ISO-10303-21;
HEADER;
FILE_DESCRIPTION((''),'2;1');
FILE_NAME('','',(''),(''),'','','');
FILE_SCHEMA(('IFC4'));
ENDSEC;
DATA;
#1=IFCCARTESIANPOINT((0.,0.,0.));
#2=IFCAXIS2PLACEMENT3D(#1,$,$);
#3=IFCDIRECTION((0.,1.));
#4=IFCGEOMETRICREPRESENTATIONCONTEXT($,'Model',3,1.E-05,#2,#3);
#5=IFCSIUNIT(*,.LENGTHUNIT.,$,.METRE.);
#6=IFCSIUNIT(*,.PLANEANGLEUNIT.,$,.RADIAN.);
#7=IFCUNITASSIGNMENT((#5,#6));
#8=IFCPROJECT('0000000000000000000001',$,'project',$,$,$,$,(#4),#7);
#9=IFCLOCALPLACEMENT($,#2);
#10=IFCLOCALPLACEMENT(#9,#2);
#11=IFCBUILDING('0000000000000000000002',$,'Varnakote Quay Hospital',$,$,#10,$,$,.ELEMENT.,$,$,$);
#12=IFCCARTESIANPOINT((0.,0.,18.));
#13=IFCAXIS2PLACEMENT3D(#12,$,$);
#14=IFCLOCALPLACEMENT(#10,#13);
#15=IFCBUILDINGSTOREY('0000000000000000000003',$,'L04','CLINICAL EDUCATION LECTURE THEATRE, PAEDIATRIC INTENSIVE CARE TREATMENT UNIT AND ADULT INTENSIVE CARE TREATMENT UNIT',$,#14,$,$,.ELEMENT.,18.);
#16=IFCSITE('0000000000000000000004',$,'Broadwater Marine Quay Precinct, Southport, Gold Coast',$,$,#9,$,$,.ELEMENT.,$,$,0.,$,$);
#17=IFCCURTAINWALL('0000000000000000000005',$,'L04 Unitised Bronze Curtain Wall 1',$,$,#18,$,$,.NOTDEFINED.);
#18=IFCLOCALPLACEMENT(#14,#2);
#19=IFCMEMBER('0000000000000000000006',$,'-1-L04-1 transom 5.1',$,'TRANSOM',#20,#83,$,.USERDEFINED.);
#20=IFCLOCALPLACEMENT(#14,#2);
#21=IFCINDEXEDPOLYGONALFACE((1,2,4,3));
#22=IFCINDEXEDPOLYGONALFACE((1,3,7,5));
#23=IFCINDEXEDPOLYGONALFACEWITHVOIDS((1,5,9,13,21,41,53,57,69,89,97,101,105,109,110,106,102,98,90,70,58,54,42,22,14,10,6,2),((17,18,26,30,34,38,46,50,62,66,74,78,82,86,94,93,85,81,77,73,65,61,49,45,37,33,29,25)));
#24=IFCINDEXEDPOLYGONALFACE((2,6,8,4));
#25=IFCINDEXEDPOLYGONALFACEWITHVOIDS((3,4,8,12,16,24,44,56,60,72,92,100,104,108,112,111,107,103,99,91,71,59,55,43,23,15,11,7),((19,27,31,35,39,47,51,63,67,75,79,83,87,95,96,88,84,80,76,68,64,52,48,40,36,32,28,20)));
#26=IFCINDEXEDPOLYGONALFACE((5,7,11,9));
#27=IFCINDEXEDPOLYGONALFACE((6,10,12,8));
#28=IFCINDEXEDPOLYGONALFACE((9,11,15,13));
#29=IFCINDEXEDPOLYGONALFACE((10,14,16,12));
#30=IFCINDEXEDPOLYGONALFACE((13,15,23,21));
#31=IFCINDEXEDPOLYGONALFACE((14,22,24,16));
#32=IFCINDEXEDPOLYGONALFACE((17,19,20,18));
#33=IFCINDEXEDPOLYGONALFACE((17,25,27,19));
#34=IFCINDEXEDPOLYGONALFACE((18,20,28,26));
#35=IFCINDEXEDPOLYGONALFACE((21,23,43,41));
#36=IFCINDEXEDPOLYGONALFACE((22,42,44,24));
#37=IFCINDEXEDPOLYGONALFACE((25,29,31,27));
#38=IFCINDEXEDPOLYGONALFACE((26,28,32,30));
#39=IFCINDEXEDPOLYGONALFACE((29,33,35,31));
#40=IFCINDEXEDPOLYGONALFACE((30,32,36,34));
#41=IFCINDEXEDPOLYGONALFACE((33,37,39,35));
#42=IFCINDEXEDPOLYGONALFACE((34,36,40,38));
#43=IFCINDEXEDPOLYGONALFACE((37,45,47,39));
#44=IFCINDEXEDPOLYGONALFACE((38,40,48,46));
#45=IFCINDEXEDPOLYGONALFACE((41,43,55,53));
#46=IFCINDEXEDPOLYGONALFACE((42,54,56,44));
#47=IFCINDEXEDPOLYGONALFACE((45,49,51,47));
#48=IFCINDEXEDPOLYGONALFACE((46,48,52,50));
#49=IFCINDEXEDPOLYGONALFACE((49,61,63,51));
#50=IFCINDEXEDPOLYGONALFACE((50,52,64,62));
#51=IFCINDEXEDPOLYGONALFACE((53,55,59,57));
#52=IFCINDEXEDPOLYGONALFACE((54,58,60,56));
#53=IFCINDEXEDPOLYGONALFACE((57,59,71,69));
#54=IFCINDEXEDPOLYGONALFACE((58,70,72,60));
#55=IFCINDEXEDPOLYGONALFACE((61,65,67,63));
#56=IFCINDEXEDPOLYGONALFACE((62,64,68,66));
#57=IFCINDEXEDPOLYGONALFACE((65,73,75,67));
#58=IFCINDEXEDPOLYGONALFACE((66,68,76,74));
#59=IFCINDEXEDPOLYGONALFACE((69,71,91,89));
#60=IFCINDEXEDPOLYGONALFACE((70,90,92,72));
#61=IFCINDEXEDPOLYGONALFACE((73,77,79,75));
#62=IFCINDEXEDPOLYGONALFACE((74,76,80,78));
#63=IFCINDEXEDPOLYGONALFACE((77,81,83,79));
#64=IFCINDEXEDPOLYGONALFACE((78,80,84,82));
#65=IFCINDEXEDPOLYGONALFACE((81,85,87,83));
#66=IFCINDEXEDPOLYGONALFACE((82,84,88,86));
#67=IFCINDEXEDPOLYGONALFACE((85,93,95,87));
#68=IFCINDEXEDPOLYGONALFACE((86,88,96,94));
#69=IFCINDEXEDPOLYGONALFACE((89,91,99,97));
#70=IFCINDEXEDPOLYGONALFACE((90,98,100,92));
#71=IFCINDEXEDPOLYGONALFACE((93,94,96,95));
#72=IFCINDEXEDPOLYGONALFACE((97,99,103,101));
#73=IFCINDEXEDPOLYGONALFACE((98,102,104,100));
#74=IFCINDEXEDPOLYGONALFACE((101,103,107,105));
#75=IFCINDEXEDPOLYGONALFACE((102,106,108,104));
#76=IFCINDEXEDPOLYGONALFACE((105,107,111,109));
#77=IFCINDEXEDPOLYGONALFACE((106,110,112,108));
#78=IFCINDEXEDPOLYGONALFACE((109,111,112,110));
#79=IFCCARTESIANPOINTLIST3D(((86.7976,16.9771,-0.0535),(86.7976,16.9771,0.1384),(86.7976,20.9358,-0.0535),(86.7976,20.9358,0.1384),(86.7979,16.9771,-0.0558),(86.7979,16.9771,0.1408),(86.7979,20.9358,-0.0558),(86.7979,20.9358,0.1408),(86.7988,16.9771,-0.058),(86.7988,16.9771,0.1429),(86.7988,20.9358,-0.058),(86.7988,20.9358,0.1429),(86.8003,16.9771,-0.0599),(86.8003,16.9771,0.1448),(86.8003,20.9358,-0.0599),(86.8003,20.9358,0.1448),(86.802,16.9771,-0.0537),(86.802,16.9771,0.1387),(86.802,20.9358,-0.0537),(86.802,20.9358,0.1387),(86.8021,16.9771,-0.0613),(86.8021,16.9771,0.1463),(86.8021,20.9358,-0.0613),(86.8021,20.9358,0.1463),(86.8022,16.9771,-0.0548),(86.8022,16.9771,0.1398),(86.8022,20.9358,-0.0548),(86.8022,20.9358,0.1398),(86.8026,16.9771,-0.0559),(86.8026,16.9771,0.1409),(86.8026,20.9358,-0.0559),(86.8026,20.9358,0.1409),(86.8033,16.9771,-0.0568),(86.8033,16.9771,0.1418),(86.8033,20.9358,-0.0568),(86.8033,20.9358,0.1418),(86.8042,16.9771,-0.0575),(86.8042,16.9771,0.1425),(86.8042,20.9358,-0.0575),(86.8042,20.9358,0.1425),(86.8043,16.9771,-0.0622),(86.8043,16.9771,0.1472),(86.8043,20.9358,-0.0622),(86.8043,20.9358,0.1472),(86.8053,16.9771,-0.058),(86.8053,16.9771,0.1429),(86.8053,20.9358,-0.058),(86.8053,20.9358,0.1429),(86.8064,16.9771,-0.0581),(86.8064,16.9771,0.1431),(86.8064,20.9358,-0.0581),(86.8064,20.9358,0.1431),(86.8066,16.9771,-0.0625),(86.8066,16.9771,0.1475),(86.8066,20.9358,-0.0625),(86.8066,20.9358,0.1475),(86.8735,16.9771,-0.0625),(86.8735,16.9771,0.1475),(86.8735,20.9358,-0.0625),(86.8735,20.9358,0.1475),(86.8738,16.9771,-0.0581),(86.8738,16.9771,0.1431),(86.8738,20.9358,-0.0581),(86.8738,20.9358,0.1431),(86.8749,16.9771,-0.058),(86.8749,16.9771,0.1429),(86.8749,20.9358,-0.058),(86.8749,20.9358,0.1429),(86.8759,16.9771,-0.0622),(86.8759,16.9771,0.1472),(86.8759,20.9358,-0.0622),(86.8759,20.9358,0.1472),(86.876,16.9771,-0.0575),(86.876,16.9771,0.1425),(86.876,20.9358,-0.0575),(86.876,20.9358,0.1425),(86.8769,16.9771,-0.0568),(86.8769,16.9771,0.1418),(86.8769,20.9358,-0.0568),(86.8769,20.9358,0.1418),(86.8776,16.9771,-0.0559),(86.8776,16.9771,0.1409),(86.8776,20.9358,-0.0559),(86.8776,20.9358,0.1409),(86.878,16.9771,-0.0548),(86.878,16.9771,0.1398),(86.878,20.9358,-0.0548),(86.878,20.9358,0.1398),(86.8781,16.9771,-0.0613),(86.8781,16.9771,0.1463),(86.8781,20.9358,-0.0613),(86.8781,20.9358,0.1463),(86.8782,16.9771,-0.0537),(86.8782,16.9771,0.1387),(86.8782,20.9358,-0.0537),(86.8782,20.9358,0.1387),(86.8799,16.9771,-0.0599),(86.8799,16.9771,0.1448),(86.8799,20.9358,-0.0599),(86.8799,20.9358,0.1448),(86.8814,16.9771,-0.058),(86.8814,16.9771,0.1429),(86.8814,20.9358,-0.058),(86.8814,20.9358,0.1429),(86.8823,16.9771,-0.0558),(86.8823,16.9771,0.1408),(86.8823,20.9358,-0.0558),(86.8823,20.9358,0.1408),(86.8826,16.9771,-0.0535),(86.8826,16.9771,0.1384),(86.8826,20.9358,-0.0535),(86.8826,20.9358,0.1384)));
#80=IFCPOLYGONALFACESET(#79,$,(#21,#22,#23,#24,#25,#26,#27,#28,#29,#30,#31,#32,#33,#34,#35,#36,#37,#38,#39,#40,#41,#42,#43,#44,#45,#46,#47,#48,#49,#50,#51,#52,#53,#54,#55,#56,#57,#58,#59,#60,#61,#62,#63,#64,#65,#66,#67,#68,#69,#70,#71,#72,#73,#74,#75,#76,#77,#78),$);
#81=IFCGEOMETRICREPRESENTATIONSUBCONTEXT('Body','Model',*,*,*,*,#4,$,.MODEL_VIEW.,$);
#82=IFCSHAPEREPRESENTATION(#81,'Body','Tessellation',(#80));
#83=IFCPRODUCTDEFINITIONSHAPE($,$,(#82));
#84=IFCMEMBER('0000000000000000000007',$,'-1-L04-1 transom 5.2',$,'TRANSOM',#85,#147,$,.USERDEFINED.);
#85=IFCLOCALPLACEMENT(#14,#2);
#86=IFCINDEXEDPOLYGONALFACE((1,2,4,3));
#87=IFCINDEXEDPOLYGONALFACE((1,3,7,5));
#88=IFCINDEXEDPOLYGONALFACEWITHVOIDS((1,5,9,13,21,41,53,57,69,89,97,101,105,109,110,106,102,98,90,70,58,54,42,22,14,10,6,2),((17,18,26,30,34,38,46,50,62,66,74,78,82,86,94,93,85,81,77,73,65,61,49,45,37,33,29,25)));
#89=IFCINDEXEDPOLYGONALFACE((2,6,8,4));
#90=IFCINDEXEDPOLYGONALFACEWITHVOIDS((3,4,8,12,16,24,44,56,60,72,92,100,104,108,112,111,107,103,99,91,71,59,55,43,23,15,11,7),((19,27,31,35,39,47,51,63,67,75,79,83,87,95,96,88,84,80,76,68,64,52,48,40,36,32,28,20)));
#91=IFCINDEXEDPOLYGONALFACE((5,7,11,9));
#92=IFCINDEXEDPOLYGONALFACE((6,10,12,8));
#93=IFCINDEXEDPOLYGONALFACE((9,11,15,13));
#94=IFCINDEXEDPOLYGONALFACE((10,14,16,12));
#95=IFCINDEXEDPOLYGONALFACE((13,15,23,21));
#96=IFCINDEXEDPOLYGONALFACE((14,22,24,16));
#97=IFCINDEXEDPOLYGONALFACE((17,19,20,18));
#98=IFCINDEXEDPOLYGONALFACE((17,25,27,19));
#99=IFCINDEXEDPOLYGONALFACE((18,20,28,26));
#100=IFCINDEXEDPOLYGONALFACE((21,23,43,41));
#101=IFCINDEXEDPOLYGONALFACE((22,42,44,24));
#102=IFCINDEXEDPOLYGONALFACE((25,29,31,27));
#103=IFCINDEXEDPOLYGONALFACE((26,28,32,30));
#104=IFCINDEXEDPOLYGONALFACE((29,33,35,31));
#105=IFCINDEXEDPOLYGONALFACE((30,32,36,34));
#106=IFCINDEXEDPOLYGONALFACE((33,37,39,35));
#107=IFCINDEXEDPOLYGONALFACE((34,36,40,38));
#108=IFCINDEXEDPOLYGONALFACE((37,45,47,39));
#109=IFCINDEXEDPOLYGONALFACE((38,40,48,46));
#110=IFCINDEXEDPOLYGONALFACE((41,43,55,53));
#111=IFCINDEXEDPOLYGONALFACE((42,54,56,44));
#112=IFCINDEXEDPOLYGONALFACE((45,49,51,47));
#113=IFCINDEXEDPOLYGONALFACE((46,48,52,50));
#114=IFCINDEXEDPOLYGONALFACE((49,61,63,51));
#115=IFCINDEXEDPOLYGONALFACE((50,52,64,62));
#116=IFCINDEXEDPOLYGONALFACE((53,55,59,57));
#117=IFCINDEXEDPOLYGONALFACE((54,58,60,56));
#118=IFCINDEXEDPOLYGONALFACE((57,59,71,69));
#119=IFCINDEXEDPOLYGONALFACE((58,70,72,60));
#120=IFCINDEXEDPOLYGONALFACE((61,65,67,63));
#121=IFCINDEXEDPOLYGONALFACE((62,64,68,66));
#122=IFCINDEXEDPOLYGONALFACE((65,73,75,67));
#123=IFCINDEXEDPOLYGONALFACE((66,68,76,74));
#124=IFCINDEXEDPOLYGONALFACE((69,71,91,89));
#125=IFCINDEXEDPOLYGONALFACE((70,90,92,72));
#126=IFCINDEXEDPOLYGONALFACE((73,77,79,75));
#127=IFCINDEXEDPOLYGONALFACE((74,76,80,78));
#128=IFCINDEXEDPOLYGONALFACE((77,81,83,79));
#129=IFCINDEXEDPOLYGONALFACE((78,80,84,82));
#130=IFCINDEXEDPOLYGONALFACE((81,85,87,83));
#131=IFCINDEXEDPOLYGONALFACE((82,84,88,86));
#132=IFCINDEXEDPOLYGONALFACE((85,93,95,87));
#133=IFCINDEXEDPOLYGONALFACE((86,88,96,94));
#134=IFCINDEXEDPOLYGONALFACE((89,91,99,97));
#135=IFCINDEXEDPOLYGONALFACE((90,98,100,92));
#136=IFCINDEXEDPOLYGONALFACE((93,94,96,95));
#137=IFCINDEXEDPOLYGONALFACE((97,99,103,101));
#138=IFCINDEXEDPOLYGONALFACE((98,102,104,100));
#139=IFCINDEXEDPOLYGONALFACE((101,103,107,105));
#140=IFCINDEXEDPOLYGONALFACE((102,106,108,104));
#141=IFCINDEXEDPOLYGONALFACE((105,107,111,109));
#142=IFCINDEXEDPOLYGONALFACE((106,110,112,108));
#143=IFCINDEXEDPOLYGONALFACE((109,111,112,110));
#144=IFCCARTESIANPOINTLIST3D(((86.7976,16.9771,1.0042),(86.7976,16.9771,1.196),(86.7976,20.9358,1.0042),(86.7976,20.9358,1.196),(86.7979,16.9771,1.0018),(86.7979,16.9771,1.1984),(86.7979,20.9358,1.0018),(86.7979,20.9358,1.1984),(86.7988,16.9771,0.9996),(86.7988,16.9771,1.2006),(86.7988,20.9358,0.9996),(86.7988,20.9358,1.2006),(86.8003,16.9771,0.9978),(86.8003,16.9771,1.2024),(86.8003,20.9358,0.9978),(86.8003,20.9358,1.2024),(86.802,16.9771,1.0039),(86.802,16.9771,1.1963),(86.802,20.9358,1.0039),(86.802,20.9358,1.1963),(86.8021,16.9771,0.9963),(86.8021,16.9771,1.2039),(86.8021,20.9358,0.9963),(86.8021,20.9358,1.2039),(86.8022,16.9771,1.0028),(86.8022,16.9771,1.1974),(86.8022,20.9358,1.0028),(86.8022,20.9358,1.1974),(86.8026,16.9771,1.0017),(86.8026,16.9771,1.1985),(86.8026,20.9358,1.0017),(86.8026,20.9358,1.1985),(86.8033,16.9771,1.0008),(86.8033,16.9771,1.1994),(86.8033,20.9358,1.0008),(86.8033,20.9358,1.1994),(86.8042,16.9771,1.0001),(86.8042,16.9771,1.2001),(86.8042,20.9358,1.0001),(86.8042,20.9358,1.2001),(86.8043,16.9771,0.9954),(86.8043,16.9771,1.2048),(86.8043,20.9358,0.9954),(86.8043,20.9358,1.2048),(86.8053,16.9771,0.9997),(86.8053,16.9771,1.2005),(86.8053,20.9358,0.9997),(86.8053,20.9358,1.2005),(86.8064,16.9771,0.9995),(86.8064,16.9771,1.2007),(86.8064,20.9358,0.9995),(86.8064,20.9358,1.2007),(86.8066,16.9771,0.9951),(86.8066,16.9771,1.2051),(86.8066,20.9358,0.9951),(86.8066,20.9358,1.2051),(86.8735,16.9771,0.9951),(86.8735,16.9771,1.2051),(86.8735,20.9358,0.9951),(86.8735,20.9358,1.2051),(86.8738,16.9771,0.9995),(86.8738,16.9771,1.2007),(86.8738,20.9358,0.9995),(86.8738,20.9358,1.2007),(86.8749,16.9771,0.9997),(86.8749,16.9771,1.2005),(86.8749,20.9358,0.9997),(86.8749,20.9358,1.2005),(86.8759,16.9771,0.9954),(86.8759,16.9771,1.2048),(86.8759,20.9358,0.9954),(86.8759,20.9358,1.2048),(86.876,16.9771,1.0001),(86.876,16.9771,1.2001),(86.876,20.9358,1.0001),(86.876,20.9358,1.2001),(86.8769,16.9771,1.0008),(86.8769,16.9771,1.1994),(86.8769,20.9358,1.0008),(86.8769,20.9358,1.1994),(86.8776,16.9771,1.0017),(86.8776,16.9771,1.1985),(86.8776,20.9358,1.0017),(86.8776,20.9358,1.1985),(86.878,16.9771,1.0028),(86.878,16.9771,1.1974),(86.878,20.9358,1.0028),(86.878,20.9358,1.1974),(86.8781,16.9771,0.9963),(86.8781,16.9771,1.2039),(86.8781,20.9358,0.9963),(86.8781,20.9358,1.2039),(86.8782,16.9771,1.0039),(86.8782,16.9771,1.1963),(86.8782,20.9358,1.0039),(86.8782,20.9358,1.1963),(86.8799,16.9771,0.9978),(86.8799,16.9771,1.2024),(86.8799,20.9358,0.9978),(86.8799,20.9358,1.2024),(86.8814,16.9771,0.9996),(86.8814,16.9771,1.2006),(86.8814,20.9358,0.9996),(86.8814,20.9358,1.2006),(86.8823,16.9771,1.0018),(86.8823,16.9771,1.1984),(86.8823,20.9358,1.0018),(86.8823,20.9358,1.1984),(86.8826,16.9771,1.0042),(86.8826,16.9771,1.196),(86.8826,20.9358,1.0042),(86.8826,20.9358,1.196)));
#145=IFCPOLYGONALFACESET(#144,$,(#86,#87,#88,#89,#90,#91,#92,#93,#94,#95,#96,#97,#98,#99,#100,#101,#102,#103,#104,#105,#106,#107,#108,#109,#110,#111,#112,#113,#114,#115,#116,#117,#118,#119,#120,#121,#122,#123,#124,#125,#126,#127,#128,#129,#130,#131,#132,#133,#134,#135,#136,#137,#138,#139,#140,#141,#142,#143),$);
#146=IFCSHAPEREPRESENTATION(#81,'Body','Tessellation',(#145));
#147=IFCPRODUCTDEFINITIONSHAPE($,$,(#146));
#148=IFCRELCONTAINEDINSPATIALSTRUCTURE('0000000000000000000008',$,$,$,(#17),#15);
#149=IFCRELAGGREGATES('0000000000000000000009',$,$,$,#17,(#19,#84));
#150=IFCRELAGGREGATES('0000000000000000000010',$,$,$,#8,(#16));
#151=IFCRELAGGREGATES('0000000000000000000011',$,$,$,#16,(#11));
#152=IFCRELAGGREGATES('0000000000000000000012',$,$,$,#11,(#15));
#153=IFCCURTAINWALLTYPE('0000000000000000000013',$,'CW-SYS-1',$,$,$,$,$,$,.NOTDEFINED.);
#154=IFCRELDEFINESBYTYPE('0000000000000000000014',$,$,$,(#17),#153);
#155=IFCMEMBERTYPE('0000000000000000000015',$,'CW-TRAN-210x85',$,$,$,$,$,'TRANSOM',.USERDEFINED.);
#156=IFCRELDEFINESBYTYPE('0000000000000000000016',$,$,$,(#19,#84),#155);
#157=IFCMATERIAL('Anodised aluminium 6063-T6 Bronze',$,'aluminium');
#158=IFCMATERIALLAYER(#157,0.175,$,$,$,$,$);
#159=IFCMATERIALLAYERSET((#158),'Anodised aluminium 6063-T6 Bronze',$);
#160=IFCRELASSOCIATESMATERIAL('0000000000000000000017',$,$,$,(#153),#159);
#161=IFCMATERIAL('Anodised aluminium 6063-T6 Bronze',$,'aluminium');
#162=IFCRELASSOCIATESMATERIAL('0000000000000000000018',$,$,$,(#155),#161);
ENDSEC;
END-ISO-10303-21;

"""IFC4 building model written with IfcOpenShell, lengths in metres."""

from ifc_helpers import new_model, si_unit, direction, frame, origin, origin_2d, place, context, subcontext, project, spatial, hollow_rectangle, extrude, material, layer, layer_set, material_profile, profile_set, type_object, element, aggregate, save


model = new_model("IFC4")

# Units and contexts
model_context = context("Model", 3, precision=1e-05, world=origin(), true_north=direction((0.0, 1.0)))
body_context = subcontext(model_context, "Body", "Model", "MODEL_VIEW")
ifc_project = project(units=[si_unit("LENGTHUNIT", "METRE"), si_unit("PLANEANGLEUNIT", "RADIAN")], contexts=[model_context])

# Site, building, storey
site_placement = place(None, origin())
site = spatial("IfcSite", under=ifc_project, at=site_placement, Name="Broadwater Marine Quay Precinct, Southport, Gold Coast", CompositionType="ELEMENT", RefElevation=0.0)
building_placement = place(site_placement, origin())
building = spatial("IfcBuilding", under=site, at=building_placement, Name="Varnakote Quay Hospital", CompositionType="ELEMENT")
storey_placement = place(building_placement, frame((0.0, 0.0, 18.0)))
storey = spatial("IfcBuildingStorey", under=building, at=storey_placement, Name="L04", Description="CLINICAL EDUCATION LECTURE THEATRE, PAEDIATRIC INTENSIVE CARE TREATMENT UNIT AND ADULT INTENSIVE CARE TREATMENT UNIT", CompositionType="ELEMENT", Elevation=18.0)

# Curtain wall, members
ifc_material_1 = material(Name="Anodised aluminium 6063-T6 Bronze", Category="aluminium")
ifc_layer_1 = layer(ifc_material_1, 0.175)
ifc_layer_set_1 = layer_set([ifc_layer_1], Name="Anodised aluminium 6063-T6 Bronze")
curtain_wall_type = type_object("IfcCurtainWallType", Name="CW-SYS-1", PredefinedType="NOTDEFINED", material=ifc_layer_set_1)
curtain_wall_placement = place(storey_placement, origin())
curtain_wall = element("IfcCurtainWall", 1, at=curtain_wall_placement, inside=storey, type_object=curtain_wall_type, Name="L04 Unitised Bronze Curtain Wall 1", PredefinedType="NOTDEFINED")
ifc_material_2 = material(Name="Anodised aluminium 6063-T6 Bronze", Category="aluminium")
ifc_material_profile_1 = material_profile(ifc_material_2, hollow_rectangle(XDim=0.085, YDim=0.21, WallThickness=0.0044, InnerFilletRadius=0.0044, OuterFilletRadius=0.009, at=origin_2d()), Name="CW-TRAN-210x85")
ifc_profile_set_1 = profile_set([ifc_material_profile_1], Name="Anodised aluminium 6063-T6 Bronze")
member_type_1 = type_object("IfcMemberType", Name="CW-TRAN-210x85", ElementType="TRANSOM", PredefinedType="USERDEFINED", material=ifc_profile_set_1)
member_1_placement = place(storey_placement, frame((86.8401, 16.9771, 0.0425), z_axis=(0.0, 1.0, 0.0), x_axis=(-1.0, 0.0, 0.0)))
member_1 = element("IfcMember", 2, at=member_1_placement, type_object=member_type_1, Name="-1-L04-1 transom 5.1", ObjectType="TRANSOM", PredefinedType="USERDEFINED", context=body_context, shape_type="SweptSolid", body=[
    extrude(hollow_rectangle(XDim=0.085, YDim=0.21, WallThickness=0.0044, InnerFilletRadius=0.0044, OuterFilletRadius=0.009, at=origin_2d()), origin(), (0.0, 0.0, 1.0), 3.9587),
])
member_2_placement = place(storey_placement, frame((86.8401, 16.9771, 1.1001), z_axis=(0.0, 1.0, 0.0), x_axis=(-1.0, 0.0, 0.0)))
member_2 = element("IfcMember", 3, at=member_2_placement, type_object=member_type_1, Name="-1-L04-1 transom 5.2", ObjectType="TRANSOM", PredefinedType="USERDEFINED", context=body_context, shape_type="SweptSolid", body=[
    extrude(hollow_rectangle(XDim=0.085, YDim=0.21, WallThickness=0.0044, InnerFilletRadius=0.0044, OuterFilletRadius=0.009, at=origin_2d()), origin(), (0.0, 0.0, 1.0), 3.9587),
])
aggregate(curtain_wall, [member_1, member_2])

save(model, "model.ifc")
